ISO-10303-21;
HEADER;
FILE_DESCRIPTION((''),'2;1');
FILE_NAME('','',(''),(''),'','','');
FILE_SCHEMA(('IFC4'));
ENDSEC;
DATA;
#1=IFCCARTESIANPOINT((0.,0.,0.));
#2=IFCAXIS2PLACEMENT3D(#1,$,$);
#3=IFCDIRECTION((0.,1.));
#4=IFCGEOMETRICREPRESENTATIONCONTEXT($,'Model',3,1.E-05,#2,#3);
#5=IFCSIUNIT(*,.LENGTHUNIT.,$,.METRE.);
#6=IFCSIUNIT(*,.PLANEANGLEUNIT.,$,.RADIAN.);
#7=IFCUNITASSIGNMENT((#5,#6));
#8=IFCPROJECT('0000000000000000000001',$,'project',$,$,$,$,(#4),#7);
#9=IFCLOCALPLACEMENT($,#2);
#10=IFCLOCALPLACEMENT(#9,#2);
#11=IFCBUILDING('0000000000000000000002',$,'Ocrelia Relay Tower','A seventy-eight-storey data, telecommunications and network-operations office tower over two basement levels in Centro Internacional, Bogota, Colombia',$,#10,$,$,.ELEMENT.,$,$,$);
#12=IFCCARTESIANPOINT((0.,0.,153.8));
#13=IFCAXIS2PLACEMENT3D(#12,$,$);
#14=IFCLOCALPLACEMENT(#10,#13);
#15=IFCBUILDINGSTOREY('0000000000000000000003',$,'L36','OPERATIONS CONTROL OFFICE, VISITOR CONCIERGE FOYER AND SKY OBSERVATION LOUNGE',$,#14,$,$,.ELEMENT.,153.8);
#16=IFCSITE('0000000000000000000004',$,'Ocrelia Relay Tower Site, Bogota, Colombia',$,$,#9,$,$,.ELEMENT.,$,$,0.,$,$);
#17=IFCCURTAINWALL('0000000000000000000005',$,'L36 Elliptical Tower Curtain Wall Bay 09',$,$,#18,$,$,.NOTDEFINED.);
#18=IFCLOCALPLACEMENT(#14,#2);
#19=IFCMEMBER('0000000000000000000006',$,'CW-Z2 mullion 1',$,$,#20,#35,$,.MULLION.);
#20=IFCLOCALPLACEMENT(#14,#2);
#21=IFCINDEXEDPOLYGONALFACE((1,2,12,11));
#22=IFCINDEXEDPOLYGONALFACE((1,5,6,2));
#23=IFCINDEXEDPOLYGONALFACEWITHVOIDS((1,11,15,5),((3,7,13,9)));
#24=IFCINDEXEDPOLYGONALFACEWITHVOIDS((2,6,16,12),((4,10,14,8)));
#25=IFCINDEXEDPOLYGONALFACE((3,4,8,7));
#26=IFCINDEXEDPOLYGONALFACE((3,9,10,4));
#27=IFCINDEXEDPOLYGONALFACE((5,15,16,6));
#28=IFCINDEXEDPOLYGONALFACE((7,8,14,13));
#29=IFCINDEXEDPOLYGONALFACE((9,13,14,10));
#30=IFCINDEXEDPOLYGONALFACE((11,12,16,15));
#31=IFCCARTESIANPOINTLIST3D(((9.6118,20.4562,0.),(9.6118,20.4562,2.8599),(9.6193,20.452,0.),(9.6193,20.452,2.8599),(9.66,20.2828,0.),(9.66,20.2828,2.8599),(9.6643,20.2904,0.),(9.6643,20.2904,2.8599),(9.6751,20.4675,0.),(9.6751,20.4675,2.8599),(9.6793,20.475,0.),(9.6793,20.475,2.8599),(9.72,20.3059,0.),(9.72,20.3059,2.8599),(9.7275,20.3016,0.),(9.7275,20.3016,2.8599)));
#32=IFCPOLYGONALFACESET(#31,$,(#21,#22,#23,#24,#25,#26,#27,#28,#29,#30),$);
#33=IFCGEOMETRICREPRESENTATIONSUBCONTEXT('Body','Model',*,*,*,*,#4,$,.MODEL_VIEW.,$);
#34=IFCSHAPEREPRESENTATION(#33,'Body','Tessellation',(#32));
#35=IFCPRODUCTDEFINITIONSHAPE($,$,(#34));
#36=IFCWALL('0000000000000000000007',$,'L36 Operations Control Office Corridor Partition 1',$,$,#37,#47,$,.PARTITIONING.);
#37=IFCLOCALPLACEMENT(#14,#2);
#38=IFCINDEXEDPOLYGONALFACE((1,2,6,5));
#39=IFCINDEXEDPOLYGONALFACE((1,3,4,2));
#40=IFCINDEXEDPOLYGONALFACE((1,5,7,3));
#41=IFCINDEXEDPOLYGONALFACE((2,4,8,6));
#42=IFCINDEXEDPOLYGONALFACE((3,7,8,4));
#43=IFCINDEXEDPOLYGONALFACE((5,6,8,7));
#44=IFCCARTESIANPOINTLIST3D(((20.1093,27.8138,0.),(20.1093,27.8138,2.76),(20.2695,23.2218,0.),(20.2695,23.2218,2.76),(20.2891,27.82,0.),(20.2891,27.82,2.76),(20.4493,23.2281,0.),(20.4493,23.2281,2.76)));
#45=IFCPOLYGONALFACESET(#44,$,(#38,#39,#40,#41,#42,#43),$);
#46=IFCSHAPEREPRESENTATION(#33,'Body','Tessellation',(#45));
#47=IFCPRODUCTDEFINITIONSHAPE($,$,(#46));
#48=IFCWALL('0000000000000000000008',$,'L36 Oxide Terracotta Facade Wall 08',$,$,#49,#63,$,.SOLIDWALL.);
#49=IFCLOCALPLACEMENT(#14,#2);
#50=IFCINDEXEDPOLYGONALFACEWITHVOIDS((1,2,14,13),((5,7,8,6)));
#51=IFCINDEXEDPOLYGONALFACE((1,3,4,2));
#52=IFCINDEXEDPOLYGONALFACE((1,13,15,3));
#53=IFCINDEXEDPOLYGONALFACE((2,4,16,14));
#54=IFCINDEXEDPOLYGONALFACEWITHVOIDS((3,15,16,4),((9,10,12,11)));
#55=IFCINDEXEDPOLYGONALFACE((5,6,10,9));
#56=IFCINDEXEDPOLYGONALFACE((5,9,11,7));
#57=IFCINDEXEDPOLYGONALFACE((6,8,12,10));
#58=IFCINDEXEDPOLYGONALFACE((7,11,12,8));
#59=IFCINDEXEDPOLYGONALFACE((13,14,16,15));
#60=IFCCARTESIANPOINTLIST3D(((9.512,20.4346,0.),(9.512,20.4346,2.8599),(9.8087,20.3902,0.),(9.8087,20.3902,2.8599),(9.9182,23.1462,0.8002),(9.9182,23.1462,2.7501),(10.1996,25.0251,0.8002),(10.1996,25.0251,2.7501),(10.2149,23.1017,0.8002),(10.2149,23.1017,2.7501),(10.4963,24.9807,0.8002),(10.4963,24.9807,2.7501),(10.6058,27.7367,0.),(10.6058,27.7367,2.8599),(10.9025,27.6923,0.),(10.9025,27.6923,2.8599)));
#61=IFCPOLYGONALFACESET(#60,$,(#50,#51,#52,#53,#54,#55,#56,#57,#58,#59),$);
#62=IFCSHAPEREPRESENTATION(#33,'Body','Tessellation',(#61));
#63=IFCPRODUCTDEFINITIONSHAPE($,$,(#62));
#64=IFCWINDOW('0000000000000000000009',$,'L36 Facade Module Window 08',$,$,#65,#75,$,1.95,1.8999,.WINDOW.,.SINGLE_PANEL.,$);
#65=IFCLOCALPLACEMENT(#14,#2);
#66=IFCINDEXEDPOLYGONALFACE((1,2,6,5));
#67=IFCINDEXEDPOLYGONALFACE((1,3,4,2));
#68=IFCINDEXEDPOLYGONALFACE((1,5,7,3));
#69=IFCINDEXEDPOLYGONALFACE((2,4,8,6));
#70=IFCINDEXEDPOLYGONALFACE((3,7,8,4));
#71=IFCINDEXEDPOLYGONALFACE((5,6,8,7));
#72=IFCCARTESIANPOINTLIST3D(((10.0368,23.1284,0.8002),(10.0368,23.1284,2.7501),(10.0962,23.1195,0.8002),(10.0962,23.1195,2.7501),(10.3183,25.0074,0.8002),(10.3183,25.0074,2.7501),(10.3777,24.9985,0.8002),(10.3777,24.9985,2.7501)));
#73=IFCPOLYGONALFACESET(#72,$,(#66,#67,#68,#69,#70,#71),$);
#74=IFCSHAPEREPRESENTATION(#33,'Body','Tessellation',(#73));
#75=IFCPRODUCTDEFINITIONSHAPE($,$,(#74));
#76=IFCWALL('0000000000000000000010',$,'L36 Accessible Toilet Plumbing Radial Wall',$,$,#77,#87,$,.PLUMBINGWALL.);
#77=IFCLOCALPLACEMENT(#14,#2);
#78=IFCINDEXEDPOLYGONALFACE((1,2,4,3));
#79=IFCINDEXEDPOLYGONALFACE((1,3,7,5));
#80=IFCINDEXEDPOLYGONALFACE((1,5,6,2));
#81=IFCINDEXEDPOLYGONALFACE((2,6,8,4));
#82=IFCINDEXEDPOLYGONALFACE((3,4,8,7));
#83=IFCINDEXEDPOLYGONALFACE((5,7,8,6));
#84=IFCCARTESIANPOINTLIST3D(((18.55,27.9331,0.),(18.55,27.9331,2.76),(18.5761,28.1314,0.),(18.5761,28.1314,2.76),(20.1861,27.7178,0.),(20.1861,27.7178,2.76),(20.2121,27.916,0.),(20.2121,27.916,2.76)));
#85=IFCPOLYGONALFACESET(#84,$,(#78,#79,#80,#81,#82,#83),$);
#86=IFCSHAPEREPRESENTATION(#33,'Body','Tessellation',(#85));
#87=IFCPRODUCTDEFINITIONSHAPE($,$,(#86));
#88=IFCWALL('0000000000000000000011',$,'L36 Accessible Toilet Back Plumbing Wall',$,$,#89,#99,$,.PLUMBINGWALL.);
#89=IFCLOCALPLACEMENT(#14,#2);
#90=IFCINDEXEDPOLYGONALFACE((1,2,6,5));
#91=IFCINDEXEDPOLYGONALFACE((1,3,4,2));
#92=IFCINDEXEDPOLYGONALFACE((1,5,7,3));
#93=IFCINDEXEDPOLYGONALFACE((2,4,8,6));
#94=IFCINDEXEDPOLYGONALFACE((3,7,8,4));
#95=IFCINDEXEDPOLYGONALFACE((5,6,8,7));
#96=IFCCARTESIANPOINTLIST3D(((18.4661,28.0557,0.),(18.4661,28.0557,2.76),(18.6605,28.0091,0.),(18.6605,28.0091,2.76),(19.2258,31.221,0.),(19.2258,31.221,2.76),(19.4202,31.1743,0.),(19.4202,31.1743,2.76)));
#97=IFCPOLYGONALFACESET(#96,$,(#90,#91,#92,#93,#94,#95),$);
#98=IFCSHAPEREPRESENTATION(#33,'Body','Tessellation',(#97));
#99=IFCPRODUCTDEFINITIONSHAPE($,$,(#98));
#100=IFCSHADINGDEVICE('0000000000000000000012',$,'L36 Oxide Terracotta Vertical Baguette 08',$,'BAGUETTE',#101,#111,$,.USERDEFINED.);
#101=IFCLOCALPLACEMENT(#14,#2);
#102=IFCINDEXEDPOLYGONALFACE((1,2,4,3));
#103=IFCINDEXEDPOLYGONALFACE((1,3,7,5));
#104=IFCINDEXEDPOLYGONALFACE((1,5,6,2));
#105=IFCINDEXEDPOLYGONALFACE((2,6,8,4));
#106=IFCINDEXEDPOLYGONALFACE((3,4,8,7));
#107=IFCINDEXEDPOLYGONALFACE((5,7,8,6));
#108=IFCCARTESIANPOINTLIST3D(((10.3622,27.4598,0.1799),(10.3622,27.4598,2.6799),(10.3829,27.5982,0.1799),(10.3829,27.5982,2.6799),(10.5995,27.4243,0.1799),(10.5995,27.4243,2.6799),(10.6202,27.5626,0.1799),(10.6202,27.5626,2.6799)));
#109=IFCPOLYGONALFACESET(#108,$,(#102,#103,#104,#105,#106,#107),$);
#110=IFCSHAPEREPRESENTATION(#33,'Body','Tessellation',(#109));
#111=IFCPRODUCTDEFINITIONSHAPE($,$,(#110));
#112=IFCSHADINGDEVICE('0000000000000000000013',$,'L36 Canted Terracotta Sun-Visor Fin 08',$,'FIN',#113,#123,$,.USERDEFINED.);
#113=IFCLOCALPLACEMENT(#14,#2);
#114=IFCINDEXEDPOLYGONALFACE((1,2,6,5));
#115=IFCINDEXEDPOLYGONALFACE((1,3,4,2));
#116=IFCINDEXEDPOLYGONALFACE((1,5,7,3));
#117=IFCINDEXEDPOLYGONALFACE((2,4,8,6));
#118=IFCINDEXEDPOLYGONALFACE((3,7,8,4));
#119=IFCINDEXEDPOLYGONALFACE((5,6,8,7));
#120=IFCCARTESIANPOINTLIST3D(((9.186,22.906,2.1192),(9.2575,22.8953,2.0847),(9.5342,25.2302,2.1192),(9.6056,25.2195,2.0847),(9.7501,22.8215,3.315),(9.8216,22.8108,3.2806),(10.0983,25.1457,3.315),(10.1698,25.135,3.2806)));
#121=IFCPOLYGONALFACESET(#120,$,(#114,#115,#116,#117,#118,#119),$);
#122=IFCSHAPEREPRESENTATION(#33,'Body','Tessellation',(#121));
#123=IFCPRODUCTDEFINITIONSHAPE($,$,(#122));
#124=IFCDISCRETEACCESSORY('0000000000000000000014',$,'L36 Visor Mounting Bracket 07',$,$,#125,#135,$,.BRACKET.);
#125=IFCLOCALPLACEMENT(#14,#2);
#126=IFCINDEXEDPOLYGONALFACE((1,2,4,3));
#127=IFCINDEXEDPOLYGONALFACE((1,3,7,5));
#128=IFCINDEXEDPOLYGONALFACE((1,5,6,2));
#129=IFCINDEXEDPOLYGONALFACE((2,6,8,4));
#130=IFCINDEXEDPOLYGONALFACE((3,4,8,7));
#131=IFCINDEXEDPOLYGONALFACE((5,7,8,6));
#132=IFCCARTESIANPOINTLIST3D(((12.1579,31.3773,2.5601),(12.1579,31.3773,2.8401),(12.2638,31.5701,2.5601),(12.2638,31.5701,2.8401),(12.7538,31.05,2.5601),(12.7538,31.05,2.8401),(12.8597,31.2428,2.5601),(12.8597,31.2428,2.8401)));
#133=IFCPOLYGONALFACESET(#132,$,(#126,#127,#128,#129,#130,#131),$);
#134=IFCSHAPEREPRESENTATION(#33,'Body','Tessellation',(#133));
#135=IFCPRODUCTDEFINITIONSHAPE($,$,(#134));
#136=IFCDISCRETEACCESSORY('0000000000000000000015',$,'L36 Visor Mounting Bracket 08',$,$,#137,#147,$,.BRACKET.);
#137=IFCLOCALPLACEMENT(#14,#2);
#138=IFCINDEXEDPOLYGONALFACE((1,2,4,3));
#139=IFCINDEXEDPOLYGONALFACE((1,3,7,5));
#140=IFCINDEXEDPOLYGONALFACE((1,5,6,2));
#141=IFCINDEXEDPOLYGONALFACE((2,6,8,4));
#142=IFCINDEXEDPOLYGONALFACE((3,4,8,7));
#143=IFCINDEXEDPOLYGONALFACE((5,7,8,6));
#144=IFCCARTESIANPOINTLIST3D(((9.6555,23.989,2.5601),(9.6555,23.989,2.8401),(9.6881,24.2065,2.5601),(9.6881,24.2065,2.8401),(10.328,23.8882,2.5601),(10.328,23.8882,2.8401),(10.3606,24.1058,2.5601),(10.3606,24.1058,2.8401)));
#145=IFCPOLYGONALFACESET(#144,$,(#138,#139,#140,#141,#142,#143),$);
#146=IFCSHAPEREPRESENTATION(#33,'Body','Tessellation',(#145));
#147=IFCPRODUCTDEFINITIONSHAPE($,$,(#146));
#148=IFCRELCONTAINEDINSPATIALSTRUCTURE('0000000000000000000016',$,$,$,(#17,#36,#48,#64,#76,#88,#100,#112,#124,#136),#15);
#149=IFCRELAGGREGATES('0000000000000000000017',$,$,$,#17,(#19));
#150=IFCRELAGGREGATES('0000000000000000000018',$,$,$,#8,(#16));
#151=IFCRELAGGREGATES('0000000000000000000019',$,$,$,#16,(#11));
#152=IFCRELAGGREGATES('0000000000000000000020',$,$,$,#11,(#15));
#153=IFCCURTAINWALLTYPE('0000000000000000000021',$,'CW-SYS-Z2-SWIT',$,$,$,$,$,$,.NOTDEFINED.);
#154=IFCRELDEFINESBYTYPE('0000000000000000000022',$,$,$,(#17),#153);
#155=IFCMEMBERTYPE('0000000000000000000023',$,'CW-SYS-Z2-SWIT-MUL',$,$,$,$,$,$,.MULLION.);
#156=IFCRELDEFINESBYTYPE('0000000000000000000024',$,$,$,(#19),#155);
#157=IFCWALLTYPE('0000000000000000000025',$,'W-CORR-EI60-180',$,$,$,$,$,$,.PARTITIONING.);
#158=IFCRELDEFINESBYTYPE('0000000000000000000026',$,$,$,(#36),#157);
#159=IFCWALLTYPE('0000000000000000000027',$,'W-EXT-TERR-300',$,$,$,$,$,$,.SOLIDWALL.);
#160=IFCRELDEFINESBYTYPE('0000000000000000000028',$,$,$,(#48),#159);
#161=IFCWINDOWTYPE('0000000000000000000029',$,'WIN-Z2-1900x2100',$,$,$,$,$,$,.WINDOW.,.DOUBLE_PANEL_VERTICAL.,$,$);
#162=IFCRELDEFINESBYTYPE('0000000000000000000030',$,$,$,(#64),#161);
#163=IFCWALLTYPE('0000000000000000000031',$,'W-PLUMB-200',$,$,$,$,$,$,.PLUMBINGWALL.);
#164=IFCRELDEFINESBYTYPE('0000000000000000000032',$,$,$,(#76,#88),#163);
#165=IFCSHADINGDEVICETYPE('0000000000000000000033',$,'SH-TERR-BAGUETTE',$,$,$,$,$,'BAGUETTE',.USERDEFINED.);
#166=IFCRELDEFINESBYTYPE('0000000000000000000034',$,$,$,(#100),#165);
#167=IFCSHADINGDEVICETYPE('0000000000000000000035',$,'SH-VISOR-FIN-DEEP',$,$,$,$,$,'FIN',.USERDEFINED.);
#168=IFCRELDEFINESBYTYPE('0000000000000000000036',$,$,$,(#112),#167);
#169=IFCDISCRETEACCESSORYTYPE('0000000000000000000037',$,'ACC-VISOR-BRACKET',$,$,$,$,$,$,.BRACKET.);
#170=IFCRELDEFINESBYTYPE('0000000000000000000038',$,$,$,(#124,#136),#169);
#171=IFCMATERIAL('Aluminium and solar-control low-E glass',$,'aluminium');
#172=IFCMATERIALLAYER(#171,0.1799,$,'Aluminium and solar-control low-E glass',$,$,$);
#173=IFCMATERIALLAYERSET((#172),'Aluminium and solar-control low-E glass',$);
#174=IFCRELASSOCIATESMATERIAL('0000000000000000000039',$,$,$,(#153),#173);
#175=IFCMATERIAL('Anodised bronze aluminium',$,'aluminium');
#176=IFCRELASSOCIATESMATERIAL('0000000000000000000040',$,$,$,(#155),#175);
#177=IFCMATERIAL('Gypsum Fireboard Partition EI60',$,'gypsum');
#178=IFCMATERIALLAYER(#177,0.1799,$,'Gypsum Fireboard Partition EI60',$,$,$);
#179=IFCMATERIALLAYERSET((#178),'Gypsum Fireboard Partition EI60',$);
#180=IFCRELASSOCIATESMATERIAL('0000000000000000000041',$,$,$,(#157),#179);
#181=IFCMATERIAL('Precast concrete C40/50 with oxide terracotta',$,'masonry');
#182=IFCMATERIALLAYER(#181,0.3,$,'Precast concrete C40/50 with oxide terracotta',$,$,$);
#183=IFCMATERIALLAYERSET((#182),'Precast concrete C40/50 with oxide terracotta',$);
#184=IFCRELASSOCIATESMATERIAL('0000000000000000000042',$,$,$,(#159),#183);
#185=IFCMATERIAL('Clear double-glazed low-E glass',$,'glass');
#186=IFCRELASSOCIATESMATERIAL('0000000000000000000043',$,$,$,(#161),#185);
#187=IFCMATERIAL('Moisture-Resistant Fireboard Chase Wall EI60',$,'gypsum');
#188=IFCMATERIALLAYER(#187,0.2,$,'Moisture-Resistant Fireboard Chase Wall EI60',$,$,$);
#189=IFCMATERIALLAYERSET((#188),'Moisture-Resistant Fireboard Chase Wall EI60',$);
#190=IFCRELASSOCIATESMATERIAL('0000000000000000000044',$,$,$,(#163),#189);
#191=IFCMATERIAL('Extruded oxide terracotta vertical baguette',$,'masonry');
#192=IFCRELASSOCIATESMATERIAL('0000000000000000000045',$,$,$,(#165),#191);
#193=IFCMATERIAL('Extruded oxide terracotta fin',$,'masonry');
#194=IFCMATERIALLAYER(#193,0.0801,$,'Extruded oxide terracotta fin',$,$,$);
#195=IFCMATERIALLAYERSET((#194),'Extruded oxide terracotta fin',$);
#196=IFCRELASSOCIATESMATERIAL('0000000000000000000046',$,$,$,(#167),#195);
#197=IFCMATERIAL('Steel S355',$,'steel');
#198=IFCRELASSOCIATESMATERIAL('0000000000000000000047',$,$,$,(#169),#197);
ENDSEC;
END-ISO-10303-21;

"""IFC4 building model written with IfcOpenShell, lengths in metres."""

from ifc_helpers import new_model, si_unit, direction, frame, frame_2d, origin, origin_2d, place, context, subcontext, project, spatial, rectangle, hollow_rectangle, extrude, material, layer, layer_set, material_profile, profile_set, type_object, element, fill, aggregate, save


model = new_model("IFC4")

# Units and contexts
model_context = context("Model", 3, precision=1e-05, world=origin(), true_north=direction((0.0, 1.0)))
body_context = subcontext(model_context, "Body", "Model", "MODEL_VIEW")
ifc_project = project(units=[si_unit("LENGTHUNIT", "METRE"), si_unit("PLANEANGLEUNIT", "RADIAN")], contexts=[model_context])

# Site, building, storey
site_placement = place(None, origin())
site = spatial("IfcSite", under=ifc_project, at=site_placement, Name="Ocrelia Relay Tower Site, Bogota, Colombia", CompositionType="ELEMENT", RefElevation=0.0)
building_placement = place(site_placement, origin())
building = spatial("IfcBuilding", under=site, at=building_placement, Name="Ocrelia Relay Tower", Description="A seventy-eight-storey data, telecommunications and network-operations office tower over two basement levels in Centro Internacional, Bogota, Colombia", CompositionType="ELEMENT")
storey_placement = place(building_placement, frame((0.0, 0.0, 153.8)))
storey = spatial("IfcBuildingStorey", under=building, at=storey_placement, Name="L36", Description="OPERATIONS CONTROL OFFICE, VISITOR CONCIERGE FOYER AND SKY OBSERVATION LOUNGE", CompositionType="ELEMENT", Elevation=153.8)

# Shared definitions
ifc_material_1 = material(Name="Steel S355", Category="steel")

# Curtain wall, member
ifc_material_2 = material(Name="Aluminium and solar-control low-E glass", Category="aluminium")
ifc_layer_1 = layer(ifc_material_2, 0.1799, Name="Aluminium and solar-control low-E glass")
ifc_layer_set_1 = layer_set([ifc_layer_1], Name="Aluminium and solar-control low-E glass")
curtain_wall_type = type_object("IfcCurtainWallType", Name="CW-SYS-Z2-SWIT", PredefinedType="NOTDEFINED", material=ifc_layer_set_1)
curtain_wall_placement = place(storey_placement, origin())
curtain_wall = element("IfcCurtainWall", 1, at=curtain_wall_placement, inside=storey, type_object=curtain_wall_type, Name="L36 Elliptical Tower Curtain Wall Bay 09", PredefinedType="NOTDEFINED")
ifc_material_3 = material(Name="Anodised bronze aluminium", Category="aluminium")
ifc_material_profile_1 = material_profile(ifc_material_3, hollow_rectangle(XDim=0.0701, YDim=0.1799, WallThickness=0.0061, at=origin_2d()), Name="CW-MUL-180x70")
ifc_profile_set_1 = profile_set([ifc_material_profile_1], Name="Anodised bronze aluminium")
member_type = type_object("IfcMemberType", Name="CW-SYS-Z2-SWIT-MUL", PredefinedType="MULLION", material=ifc_profile_set_1)
member_placement = place(storey_placement, frame((9.6697, 20.3789, 0.0), z_axis=(0.0, 0.0, 1.0), x_axis=(0.963487, 0.267754, 0.0)))
member = element("IfcMember", 2, at=member_placement, type_object=member_type, Name="CW-Z2 mullion 1", PredefinedType="MULLION", context=body_context, shape_type="SweptSolid", body=[
    extrude(hollow_rectangle(XDim=0.0701, YDim=0.1799, WallThickness=0.0061, at=origin_2d()), origin(), (0.0, 0.0, 1.0), 2.8599),
])
aggregate(curtain_wall, [member])

# Wall
ifc_material_4 = material(Name="Gypsum Fireboard Partition EI60", Category="gypsum")
ifc_layer_2 = layer(ifc_material_4, 0.1799, Name="Gypsum Fireboard Partition EI60")
ifc_layer_set_2 = layer_set([ifc_layer_2], Name="Gypsum Fireboard Partition EI60")
wall_type_1 = type_object("IfcWallType", Name="W-CORR-EI60-180", PredefinedType="PARTITIONING", material=ifc_layer_set_2)
wall_1_placement = place(storey_placement, frame((20.1992, 27.8169, 0.0), z_axis=(0.0, 0.0, 1.0), x_axis=(0.034856, -0.999392, 0.0)))
element("IfcWall", 3, at=wall_1_placement, inside=storey, type_object=wall_type_1, Name="L36 Operations Control Office Corridor Partition 1", PredefinedType="PARTITIONING", context=body_context, shape_type="SweptSolid", body=[
    extrude(rectangle(XDim=4.5947, YDim=0.1799, at=frame_2d((2.2974, 0.0))), origin(), (0.0, 0.0, 1.0), 2.76),
])

# Wall, opening, window
ifc_material_5 = material(Name="Precast concrete C40/50 with oxide terracotta", Category="masonry")
ifc_layer_3 = layer(ifc_material_5, 0.3, Name="Precast concrete C40/50 with oxide terracotta")
ifc_layer_set_3 = layer_set([ifc_layer_3], Name="Precast concrete C40/50 with oxide terracotta")
wall_type_2 = type_object("IfcWallType", Name="W-EXT-TERR-300", PredefinedType="SOLIDWALL", material=ifc_layer_set_3)
wall_2_placement = place(storey_placement, frame((10.7542, 27.7146, 0.0), z_axis=(0.0, 0.0, 1.0), x_axis=(-0.148135, -0.988967, 0.0)))
wall_2 = element("IfcWall", 4, at=wall_2_placement, inside=storey, type_object=wall_type_2, Name="L36 Oxide Terracotta Facade Wall 08", PredefinedType="SOLIDWALL", context=body_context, shape_type="SweptSolid", body=[
    extrude(rectangle(XDim=7.3835, YDim=0.3, at=frame_2d((3.6919, 0.0))), origin(), (0.0, 0.0, 1.0), 2.8599),
])
opening_1_placement = place(wall_2_placement, frame((2.7419, 0.0, 0.8)))
opening_1 = element("IfcOpeningElement", 5, at=opening_1_placement, cuts=wall_2, PredefinedType="OPENING", context=body_context, shape_type="SweptSolid", body=[
    extrude(rectangle(XDim=1.8999, YDim=1.95, at=frame_2d((0.95, 0.9751))), frame((0.0, 0.1602, 0.0), z_axis=(0.0, -1.0, 0.0), x_axis=(1.0, 0.0, 0.0)), (0.0, 0.0, 1.0), 0.3201),
])
ifc_material_6 = material(Name="Clear double-glazed low-E glass", Category="glass")
window_type = type_object("IfcWindowType", Name="WIN-Z2-1900x2100", PartitioningType="DOUBLE_PANEL_VERTICAL", PredefinedType="WINDOW", material=ifc_material_6)
window_placement = place(opening_1_placement, origin())
window = element("IfcWindow", 6, at=window_placement, inside=storey, type_object=window_type, Name="L36 Facade Module Window 08", OverallHeight=1.95, OverallWidth=1.8999, PartitioningType="SINGLE_PANEL", PredefinedType="WINDOW", context=body_context, shape_type="SweptSolid", body=[
    extrude(rectangle(XDim=1.8999, YDim=1.95, at=frame_2d((0.95, 0.9751))), frame((0.0, 0.03, 0.0), z_axis=(0.0, -1.0, 0.0), x_axis=(1.0, 0.0, 0.0)), (0.0, 0.0, 1.0), 0.0601),
])
fill(opening_1, window)

# Walls
ifc_material_7 = material(Name="Moisture-Resistant Fireboard Chase Wall EI60", Category="gypsum")
ifc_layer_4 = layer(ifc_material_7, 0.2, Name="Moisture-Resistant Fireboard Chase Wall EI60")
ifc_layer_set_4 = layer_set([ifc_layer_4], Name="Moisture-Resistant Fireboard Chase Wall EI60")
wall_type_3 = type_object("IfcWallType", Name="W-PLUMB-200", PredefinedType="PLUMBINGWALL", material=ifc_layer_set_4)
wall_3_placement = place(storey_placement, frame((20.1992, 27.8169, 0.0), z_axis=(0.0, 0.0, 1.0), x_axis=(-0.991449, 0.130497, 0.0)))
element("IfcWall", 7, at=wall_3_placement, inside=storey, type_object=wall_type_3, Name="L36 Accessible Toilet Plumbing Radial Wall", PredefinedType="PLUMBINGWALL", context=body_context, shape_type="SweptSolid", body=[
    extrude(rectangle(XDim=1.6501, YDim=0.2, at=frame_2d((0.8252, 0.0))), origin(), (0.0, 0.0, 1.0), 2.76),
])
wall_4_placement = place(storey_placement, frame((19.323, 31.1975, 0.0), z_axis=(0.0, 0.0, 1.0), x_axis=(-0.233401, -0.97238, 0.0)))
element("IfcWall", 8, at=wall_4_placement, inside=storey, type_object=wall_type_3, Name="L36 Accessible Toilet Back Plumbing Wall", PredefinedType="PLUMBINGWALL", context=body_context, shape_type="SweptSolid", body=[
    extrude(rectangle(XDim=3.2551, YDim=0.2, at=frame_2d((1.6274, 0.0))), origin(), (0.0, 0.0, 1.0), 2.76),
])

# Shading devices
ifc_material_8 = material(Name="Extruded oxide terracotta vertical baguette", Category="masonry")
shading_device_type_1 = type_object("IfcShadingDeviceType", Name="SH-TERR-BAGUETTE", ElementType="BAGUETTE", PredefinedType="USERDEFINED", material=ifc_material_8)
shading_device_1_placement = place(storey_placement, frame((10.4912, 27.5112, 0.1799), z_axis=(0.0, 0.0, 1.0), x_axis=(-0.148144, -0.988966, 0.0)))
element("IfcShadingDevice", 9, at=shading_device_1_placement, inside=storey, type_object=shading_device_type_1, Name="L36 Oxide Terracotta Vertical Baguette 08", ObjectType="BAGUETTE", PredefinedType="USERDEFINED", context=body_context, shape_type="SweptSolid", body=[
    extrude(rectangle(XDim=0.1399, YDim=0.24, at=origin_2d()), origin(), (0.0, 0.0, 1.0), 2.5),
])
ifc_material_9 = material(Name="Extruded oxide terracotta fin", Category="masonry")
ifc_layer_5 = layer(ifc_material_9, 0.0801, Name="Extruded oxide terracotta fin")
ifc_layer_set_5 = layer_set([ifc_layer_5], Name="Extruded oxide terracotta fin")
shading_device_type_2 = type_object("IfcShadingDeviceType", Name="SH-VISOR-FIN-DEEP", ElementType="FIN", PredefinedType="USERDEFINED", material=ifc_layer_set_5)
shading_device_2_placement = place(storey_placement, frame((9.7136, 24.0151, 2.6826), z_axis=(-0.892626, 0.133712, 0.430511), x_axis=(-0.148144, -0.988966, 0.0)))
element("IfcShadingDevice", 10, at=shading_device_2_placement, inside=storey, type_object=shading_device_type_2, Name="L36 Canted Terracotta Sun-Visor Fin 08", ObjectType="FIN", PredefinedType="USERDEFINED", context=body_context, shape_type="SweptSolid", body=[
    extrude(rectangle(XDim=2.3501, YDim=1.325, at=origin_2d()), origin(), (0.0, 0.0, 1.0), 0.0801),
])

# Discrete accessories
discrete_accessory_type = type_object("IfcDiscreteAccessoryType", Name="ACC-VISOR-BRACKET", PredefinedType="BRACKET", material=ifc_material_1)
for number, where, z_axis, x_axis, name in (
    (11, (12.5088, 31.3101, 2.5601), (0.0, 0.0, 1.0), (-0.481478, -0.876458, 0.0), "L36 Visor Mounting Bracket 07"),
    (12, (10.0081, 24.0474, 2.5601), (0.0, 0.0, 1.0), (-0.148144, -0.988966, 0.0), "L36 Visor Mounting Bracket 08"),
):
    element("IfcDiscreteAccessory", number, at=place(storey_placement, frame(where, z_axis=z_axis, x_axis=x_axis)), inside=storey, type_object=discrete_accessory_type, Name=name, PredefinedType="BRACKET", context=body_context, shape_type="SweptSolid", body=[
        extrude(rectangle(XDim=0.22, YDim=0.6799, at=origin_2d()), origin(), (0.0, 0.0, 1.0), 0.28),
    ])

save(model, "model.ifc")
